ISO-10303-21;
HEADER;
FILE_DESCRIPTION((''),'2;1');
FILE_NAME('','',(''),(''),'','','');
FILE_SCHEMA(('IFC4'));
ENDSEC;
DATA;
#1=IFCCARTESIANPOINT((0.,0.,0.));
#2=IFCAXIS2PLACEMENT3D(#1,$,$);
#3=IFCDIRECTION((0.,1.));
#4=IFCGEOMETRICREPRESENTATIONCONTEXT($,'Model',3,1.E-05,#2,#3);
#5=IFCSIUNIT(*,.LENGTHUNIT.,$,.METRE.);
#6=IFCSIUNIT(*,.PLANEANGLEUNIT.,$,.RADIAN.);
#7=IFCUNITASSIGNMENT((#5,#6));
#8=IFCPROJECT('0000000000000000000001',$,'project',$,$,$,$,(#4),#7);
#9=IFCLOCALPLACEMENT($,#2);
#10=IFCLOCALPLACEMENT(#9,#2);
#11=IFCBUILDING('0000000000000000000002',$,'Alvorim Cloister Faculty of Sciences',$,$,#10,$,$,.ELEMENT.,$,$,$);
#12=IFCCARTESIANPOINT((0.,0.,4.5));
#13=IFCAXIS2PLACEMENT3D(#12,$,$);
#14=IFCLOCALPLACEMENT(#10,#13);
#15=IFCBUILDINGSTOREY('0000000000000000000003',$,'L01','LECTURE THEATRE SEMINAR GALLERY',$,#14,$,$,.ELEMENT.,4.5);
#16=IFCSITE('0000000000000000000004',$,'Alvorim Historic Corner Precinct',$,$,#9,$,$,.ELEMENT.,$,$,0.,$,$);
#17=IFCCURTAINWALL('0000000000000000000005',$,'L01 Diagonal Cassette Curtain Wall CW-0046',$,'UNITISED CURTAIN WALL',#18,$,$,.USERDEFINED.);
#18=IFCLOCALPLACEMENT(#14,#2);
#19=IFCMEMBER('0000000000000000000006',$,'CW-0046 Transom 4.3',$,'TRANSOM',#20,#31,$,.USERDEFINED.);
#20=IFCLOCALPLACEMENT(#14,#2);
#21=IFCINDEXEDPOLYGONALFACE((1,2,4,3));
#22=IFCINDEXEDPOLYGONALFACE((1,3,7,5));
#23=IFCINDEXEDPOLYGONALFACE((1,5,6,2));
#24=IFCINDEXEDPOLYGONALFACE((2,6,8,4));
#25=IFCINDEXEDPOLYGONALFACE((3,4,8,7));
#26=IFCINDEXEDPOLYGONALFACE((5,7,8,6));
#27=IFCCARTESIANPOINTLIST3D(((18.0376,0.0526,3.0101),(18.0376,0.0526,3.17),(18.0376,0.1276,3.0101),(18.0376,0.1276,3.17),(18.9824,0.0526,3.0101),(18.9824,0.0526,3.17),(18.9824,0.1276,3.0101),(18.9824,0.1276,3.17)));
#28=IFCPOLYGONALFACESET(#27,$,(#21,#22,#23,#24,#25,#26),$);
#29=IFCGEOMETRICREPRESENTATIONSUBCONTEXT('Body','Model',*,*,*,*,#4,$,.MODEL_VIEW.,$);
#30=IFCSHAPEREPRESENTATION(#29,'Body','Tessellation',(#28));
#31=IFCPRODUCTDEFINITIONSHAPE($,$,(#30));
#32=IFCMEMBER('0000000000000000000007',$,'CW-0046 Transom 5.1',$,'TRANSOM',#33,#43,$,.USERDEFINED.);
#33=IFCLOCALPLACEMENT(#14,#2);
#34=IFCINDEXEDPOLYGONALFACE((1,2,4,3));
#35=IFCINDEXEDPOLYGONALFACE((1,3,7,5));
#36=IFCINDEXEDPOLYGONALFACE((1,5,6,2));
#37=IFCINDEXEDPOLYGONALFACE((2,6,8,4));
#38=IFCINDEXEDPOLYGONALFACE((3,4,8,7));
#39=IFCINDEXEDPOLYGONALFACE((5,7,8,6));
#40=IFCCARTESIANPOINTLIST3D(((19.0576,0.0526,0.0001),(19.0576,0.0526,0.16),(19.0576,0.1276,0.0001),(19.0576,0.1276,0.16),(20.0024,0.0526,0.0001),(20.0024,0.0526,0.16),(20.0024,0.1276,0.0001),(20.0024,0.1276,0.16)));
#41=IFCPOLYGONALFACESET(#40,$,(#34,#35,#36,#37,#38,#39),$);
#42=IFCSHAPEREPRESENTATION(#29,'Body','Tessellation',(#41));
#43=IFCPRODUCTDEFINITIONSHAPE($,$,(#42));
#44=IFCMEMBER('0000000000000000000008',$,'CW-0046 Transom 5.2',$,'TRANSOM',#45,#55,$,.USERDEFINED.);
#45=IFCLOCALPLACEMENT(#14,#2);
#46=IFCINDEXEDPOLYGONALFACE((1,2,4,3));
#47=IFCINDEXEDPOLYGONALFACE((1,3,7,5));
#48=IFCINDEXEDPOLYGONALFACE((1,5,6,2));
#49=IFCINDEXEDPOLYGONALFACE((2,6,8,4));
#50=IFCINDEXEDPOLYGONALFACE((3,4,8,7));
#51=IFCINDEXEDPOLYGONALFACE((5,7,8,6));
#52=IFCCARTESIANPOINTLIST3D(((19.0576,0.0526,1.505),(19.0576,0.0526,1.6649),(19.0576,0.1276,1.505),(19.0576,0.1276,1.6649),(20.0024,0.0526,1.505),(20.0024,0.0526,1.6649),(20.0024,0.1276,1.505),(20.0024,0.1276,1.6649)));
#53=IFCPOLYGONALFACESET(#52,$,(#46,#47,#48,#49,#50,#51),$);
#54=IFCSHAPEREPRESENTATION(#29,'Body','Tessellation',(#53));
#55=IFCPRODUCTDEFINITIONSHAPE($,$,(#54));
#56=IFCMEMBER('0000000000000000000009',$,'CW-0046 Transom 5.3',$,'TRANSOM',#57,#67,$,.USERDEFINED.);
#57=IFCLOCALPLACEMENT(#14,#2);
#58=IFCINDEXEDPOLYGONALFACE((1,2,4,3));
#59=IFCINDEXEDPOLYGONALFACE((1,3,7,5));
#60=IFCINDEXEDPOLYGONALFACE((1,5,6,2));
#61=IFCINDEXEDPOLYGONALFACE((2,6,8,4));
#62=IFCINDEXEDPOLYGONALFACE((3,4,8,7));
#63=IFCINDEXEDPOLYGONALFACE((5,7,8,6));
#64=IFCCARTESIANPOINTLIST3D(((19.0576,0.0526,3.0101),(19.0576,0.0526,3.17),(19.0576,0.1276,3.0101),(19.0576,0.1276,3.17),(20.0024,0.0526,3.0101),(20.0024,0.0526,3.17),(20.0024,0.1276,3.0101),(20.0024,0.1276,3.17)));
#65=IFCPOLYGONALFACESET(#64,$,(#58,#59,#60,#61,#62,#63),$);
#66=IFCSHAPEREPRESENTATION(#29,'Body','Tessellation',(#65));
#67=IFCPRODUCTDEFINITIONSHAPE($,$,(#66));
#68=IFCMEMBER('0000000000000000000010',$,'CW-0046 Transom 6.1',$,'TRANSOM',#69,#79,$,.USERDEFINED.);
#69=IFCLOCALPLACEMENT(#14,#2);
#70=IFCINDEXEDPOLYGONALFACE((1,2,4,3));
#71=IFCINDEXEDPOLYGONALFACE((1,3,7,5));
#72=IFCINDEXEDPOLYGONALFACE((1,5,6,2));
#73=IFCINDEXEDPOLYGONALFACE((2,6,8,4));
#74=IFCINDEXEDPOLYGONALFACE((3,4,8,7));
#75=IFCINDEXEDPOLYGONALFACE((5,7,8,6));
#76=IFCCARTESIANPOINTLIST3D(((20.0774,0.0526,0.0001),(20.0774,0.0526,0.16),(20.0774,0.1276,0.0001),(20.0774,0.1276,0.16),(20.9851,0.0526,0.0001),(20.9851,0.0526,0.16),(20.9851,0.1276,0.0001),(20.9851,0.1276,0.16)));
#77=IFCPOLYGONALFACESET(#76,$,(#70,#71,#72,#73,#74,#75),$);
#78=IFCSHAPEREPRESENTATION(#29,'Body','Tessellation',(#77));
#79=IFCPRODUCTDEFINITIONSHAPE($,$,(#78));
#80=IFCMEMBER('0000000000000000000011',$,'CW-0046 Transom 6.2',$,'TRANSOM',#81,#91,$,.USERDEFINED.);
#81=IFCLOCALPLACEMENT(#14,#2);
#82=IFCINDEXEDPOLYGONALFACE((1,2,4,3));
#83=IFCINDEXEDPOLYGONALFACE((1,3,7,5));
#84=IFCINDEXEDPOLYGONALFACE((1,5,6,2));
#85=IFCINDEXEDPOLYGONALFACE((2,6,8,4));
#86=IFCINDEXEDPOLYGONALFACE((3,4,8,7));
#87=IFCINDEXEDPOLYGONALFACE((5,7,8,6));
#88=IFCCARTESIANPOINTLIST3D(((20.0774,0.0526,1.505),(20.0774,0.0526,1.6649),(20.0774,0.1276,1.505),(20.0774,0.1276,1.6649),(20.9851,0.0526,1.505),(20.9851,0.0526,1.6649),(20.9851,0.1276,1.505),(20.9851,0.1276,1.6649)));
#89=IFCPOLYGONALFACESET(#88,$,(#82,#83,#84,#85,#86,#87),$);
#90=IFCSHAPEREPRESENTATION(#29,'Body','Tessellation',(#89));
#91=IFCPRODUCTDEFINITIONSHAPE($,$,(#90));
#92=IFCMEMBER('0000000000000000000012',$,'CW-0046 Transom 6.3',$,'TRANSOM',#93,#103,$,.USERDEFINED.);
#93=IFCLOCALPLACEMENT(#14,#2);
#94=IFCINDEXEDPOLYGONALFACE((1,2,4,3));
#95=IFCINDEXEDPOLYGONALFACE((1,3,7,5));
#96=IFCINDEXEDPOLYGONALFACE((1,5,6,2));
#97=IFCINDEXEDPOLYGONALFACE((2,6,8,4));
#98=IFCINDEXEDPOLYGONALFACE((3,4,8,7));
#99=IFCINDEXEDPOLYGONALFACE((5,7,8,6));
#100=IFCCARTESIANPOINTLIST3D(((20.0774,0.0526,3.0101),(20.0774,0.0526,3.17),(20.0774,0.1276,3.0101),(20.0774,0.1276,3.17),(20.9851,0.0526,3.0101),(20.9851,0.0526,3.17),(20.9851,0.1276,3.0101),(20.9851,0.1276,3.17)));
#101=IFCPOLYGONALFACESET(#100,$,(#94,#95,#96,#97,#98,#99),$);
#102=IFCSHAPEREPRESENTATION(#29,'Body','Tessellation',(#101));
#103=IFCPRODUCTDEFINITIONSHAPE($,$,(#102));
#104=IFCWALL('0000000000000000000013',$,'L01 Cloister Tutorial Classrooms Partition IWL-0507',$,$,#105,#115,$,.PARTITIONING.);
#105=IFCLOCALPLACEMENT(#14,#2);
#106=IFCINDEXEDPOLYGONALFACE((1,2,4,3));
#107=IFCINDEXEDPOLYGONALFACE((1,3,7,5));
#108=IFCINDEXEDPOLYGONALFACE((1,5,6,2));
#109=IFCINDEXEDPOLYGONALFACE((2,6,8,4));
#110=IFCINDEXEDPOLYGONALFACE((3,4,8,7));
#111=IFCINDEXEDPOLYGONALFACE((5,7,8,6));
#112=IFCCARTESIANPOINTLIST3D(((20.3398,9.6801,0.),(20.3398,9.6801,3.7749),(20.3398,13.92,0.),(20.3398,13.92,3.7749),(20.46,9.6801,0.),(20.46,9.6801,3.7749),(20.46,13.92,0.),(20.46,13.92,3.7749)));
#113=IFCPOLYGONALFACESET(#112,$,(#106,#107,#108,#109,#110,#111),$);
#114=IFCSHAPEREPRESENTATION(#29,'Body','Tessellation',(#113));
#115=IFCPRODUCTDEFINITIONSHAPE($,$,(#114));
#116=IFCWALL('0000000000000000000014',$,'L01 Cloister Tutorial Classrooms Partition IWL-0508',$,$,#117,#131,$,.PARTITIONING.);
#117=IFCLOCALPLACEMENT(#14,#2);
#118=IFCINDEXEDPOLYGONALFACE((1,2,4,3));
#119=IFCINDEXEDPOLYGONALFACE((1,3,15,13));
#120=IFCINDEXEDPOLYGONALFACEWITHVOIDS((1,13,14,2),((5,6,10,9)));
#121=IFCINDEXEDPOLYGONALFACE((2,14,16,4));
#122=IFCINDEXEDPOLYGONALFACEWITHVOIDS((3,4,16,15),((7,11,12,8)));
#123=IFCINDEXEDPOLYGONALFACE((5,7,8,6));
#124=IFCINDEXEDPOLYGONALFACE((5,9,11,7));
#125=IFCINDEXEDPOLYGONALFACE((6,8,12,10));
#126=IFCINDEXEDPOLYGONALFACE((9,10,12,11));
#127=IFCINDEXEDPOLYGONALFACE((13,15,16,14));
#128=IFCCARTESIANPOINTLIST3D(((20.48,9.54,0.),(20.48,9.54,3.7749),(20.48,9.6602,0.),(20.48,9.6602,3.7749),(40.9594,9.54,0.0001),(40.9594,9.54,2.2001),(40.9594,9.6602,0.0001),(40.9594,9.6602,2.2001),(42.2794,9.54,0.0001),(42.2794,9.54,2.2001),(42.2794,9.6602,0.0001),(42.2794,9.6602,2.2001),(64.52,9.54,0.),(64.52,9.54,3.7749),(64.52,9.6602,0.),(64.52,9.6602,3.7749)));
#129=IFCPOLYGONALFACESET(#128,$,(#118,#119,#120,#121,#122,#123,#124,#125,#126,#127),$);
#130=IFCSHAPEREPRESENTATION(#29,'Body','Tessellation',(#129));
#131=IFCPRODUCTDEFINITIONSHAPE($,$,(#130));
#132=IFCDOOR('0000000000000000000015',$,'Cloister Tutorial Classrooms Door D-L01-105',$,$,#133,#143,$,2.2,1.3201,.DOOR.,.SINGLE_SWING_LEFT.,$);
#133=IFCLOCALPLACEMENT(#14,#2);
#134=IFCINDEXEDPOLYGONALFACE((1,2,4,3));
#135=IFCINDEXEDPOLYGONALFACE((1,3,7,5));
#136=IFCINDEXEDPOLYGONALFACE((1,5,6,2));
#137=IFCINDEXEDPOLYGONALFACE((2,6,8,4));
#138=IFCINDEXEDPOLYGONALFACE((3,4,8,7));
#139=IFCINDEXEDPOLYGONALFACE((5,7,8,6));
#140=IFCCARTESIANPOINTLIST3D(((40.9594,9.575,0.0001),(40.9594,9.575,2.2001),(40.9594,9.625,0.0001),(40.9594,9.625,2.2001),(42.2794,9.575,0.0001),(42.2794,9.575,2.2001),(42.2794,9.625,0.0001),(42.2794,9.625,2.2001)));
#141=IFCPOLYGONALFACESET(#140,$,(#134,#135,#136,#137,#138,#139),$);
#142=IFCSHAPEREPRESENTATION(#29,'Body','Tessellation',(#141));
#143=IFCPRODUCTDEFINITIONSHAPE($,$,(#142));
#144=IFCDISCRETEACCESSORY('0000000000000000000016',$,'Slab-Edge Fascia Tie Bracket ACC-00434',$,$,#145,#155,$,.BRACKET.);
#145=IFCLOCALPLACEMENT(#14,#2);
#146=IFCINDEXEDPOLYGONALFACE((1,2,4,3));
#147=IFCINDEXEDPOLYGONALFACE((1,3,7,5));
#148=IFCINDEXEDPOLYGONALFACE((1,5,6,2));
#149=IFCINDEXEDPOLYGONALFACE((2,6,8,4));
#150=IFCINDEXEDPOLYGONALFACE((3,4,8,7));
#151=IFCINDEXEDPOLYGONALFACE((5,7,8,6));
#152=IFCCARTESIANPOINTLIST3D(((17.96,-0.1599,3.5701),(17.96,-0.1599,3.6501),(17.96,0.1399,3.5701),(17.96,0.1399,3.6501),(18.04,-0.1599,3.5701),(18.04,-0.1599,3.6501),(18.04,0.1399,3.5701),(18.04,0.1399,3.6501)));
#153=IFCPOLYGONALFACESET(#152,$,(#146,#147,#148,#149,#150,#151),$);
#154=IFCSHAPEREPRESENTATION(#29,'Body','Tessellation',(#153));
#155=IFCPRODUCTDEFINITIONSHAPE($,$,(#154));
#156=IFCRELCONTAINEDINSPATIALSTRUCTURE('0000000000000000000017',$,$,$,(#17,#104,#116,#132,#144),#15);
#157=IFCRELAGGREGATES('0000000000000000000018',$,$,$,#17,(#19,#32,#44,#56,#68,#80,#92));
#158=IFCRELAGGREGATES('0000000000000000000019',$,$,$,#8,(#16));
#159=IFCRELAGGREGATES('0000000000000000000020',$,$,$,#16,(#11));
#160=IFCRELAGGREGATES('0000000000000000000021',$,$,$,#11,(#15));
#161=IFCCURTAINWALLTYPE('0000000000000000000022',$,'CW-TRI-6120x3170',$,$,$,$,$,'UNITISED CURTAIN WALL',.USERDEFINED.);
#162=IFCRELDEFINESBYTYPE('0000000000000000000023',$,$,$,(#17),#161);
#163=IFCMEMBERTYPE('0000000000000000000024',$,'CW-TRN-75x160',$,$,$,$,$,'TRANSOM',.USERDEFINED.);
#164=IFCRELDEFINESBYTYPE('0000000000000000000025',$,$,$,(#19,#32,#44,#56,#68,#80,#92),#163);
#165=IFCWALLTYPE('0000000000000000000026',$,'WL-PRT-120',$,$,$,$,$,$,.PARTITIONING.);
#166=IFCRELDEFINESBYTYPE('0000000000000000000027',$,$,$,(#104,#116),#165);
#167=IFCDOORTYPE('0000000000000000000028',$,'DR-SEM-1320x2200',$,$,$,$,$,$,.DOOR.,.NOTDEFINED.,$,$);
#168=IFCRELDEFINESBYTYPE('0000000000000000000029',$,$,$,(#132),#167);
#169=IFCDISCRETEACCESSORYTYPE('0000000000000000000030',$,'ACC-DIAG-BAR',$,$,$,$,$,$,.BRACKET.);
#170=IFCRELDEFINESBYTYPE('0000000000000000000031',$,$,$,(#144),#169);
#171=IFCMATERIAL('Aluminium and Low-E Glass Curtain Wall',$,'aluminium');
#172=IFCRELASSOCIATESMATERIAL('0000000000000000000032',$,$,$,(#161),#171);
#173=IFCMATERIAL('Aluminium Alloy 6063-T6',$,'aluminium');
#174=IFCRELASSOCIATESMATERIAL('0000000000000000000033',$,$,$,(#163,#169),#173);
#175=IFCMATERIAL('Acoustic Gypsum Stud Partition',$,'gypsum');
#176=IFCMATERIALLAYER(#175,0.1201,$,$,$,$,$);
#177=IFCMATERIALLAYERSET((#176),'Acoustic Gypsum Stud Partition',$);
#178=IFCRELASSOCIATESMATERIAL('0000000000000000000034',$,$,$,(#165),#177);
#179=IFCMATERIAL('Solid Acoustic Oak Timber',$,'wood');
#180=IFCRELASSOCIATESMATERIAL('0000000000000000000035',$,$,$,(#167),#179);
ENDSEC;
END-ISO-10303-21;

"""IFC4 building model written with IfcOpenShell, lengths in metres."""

from ifc_helpers import new_model, si_unit, direction, frame, frame_2d, origin, origin_2d, place, context, subcontext, project, spatial, rectangle, extrude, material, layer, layer_set, material_profile, profile_set, type_object, element, fill, aggregate, save


model = new_model("IFC4")

# Units and contexts
model_context = context("Model", 3, precision=1e-05, world=origin(), true_north=direction((0.0, 1.0)))
body_context = subcontext(model_context, "Body", "Model", "MODEL_VIEW")
ifc_project = project(units=[si_unit("LENGTHUNIT", "METRE"), si_unit("PLANEANGLEUNIT", "RADIAN")], contexts=[model_context])

# Site, building, storey
site_placement = place(None, origin())
site = spatial("IfcSite", under=ifc_project, at=site_placement, Name="Alvorim Historic Corner Precinct", CompositionType="ELEMENT", RefElevation=0.0)
building_placement = place(site_placement, origin())
building = spatial("IfcBuilding", under=site, at=building_placement, Name="Alvorim Cloister Faculty of Sciences", CompositionType="ELEMENT")
storey_placement = place(building_placement, frame((0.0, 0.0, 4.5)))
storey = spatial("IfcBuildingStorey", under=building, at=storey_placement, Name="L01", Description="LECTURE THEATRE SEMINAR GALLERY", CompositionType="ELEMENT", Elevation=4.5)

# Curtain wall, members
ifc_material_1 = material(Name="Aluminium and Low-E Glass Curtain Wall", Category="aluminium")
curtain_wall_type = type_object("IfcCurtainWallType", Name="CW-TRI-6120x3170", ElementType="UNITISED CURTAIN WALL", PredefinedType="USERDEFINED", material=ifc_material_1)
curtain_wall_placement = place(storey_placement, origin())
curtain_wall = element("IfcCurtainWall", 1, at=curtain_wall_placement, inside=storey, type_object=curtain_wall_type, Name="L01 Diagonal Cassette Curtain Wall CW-0046", ObjectType="UNITISED CURTAIN WALL", PredefinedType="USERDEFINED")
ifc_material_2 = material(Name="Aluminium Alloy 6063-T6", Category="aluminium")
ifc_material_profile_1 = material_profile(ifc_material_2, rectangle(XDim=0.075, YDim=0.1599, at=origin_2d()), Name="ALU-TRN-75x160")
ifc_profile_set_1 = profile_set([ifc_material_profile_1], Name="Aluminium Alloy 6063-T6")
member_type_1 = type_object("IfcMemberType", Name="CW-TRN-75x160", ElementType="TRANSOM", PredefinedType="USERDEFINED", material=ifc_profile_set_1)
member_1_placement = place(storey_placement, frame((18.0376, 0.0901, 3.0901), z_axis=(1.0, 0.0, 0.0), x_axis=(0.0, 1.0, 0.0)))
member_1 = element("IfcMember", 2, at=member_1_placement, type_object=member_type_1, Name="CW-0046 Transom 4.3", ObjectType="TRANSOM", PredefinedType="USERDEFINED", context=body_context, shape_type="SweptSolid", body=[
    extrude(rectangle(XDim=0.075, YDim=0.1599, at=origin_2d()), origin(), (0.0, 0.0, 1.0), 0.9448),
])
member_2_placement = place(storey_placement, frame((19.0576, 0.0901, 0.0801), z_axis=(1.0, 0.0, 0.0), x_axis=(0.0, 1.0, 0.0)))
member_2 = element("IfcMember", 3, at=member_2_placement, type_object=member_type_1, Name="CW-0046 Transom 5.1", ObjectType="TRANSOM", PredefinedType="USERDEFINED", context=body_context, shape_type="SweptSolid", body=[
    extrude(rectangle(XDim=0.075, YDim=0.1599, at=origin_2d()), origin(), (0.0, 0.0, 1.0), 0.9448),
])
member_3_placement = place(storey_placement, frame((19.0576, 0.0901, 1.585), z_axis=(1.0, 0.0, 0.0), x_axis=(0.0, 1.0, 0.0)))
member_3 = element("IfcMember", 4, at=member_3_placement, type_object=member_type_1, Name="CW-0046 Transom 5.2", ObjectType="TRANSOM", PredefinedType="USERDEFINED", context=body_context, shape_type="SweptSolid", body=[
    extrude(rectangle(XDim=0.075, YDim=0.1599, at=origin_2d()), origin(), (0.0, 0.0, 1.0), 0.9448),
])
member_4_placement = place(storey_placement, frame((19.0576, 0.0901, 3.0901), z_axis=(1.0, 0.0, 0.0), x_axis=(0.0, 1.0, 0.0)))
member_4 = element("IfcMember", 5, at=member_4_placement, type_object=member_type_1, Name="CW-0046 Transom 5.3", ObjectType="TRANSOM", PredefinedType="USERDEFINED", context=body_context, shape_type="SweptSolid", body=[
    extrude(rectangle(XDim=0.075, YDim=0.1599, at=origin_2d()), origin(), (0.0, 0.0, 1.0), 0.9448),
])
member_5_placement = place(storey_placement, frame((20.0774, 0.0901, 0.0801), z_axis=(1.0, 0.0, 0.0), x_axis=(0.0, 1.0, 0.0)))
member_5 = element("IfcMember", 6, at=member_5_placement, type_object=member_type_1, Name="CW-0046 Transom 6.1", ObjectType="TRANSOM", PredefinedType="USERDEFINED", context=body_context, shape_type="SweptSolid", body=[
    extrude(rectangle(XDim=0.075, YDim=0.1599, at=origin_2d()), origin(), (0.0, 0.0, 1.0), 0.9077),
])
member_6_placement = place(storey_placement, frame((20.0774, 0.0901, 1.585), z_axis=(1.0, 0.0, 0.0), x_axis=(0.0, 1.0, 0.0)))
member_6 = element("IfcMember", 7, at=member_6_placement, type_object=member_type_1, Name="CW-0046 Transom 6.2", ObjectType="TRANSOM", PredefinedType="USERDEFINED", context=body_context, shape_type="SweptSolid", body=[
    extrude(rectangle(XDim=0.075, YDim=0.1599, at=origin_2d()), origin(), (0.0, 0.0, 1.0), 0.9077),
])
member_7_placement = place(storey_placement, frame((20.0774, 0.0901, 3.0901), z_axis=(1.0, 0.0, 0.0), x_axis=(0.0, 1.0, 0.0)))
member_7 = element("IfcMember", 8, at=member_7_placement, type_object=member_type_1, Name="CW-0046 Transom 6.3", ObjectType="TRANSOM", PredefinedType="USERDEFINED", context=body_context, shape_type="SweptSolid", body=[
    extrude(rectangle(XDim=0.075, YDim=0.1599, at=origin_2d()), origin(), (0.0, 0.0, 1.0), 0.9077),
])
aggregate(curtain_wall, [member_1, member_2, member_3, member_4, member_5, member_6, member_7])

# Wall
ifc_material_3 = material(Name="Acoustic Gypsum Stud Partition", Category="gypsum")
ifc_layer = layer(ifc_material_3, 0.1201)
ifc_layer_set = layer_set([ifc_layer], Name="Acoustic Gypsum Stud Partition")
wall_type = type_object("IfcWallType", Name="WL-PRT-120", PredefinedType="PARTITIONING", material=ifc_layer_set)
wall_1_placement = place(storey_placement, frame((20.3999, 9.6799, 0.0), z_axis=(0.0, 0.0, 1.0), x_axis=(0.0, 1.0, 0.0)))
element("IfcWall", 9, at=wall_1_placement, inside=storey, type_object=wall_type, Name="L01 Cloister Tutorial Classrooms Partition IWL-0507", PredefinedType="PARTITIONING", context=body_context, shape_type="SweptSolid", body=[
    extrude(rectangle(XDim=4.24, YDim=0.1201, at=frame_2d((2.1201, 0.0))), origin(), (0.0, 0.0, 1.0), 3.7749),
])

# Wall, opening, door
wall_2_placement = place(storey_placement, frame((20.48, 9.6001, 0.0), z_axis=(0.0, 0.0, 1.0), x_axis=(1.0, 0.0, 0.0)))
wall_2 = element("IfcWall", 10, at=wall_2_placement, inside=storey, type_object=wall_type, Name="L01 Cloister Tutorial Classrooms Partition IWL-0508", PredefinedType="PARTITIONING", context=body_context, shape_type="SweptSolid", body=[
    extrude(rectangle(XDim=44.04, YDim=0.1201, at=frame_2d((22.02, 0.0))), origin(), (0.0, 0.0, 1.0), 3.7749),
])
opening_placement = place(wall_2_placement, frame((20.4792, 0.0, 0.0)))
opening = element("IfcOpeningElement", 11, at=opening_placement, cuts=wall_2, PredefinedType="OPENING", context=body_context, shape_type="SweptSolid", body=[
    extrude(rectangle(XDim=1.3201, YDim=2.2, at=frame_2d((0.6602, 1.1001))), frame((0.0, 0.072, 0.0), z_axis=(0.0, -1.0, 0.0), x_axis=(1.0, 0.0, 0.0)), (0.0, 0.0, 1.0), 0.144),
])
ifc_material_4 = material(Name="Solid Acoustic Oak Timber", Category="wood")
door_type = type_object("IfcDoorType", Name="DR-SEM-1320x2200", OperationType="NOTDEFINED", PredefinedType="DOOR", material=ifc_material_4)
door_placement = place(opening_placement, origin())
door = element("IfcDoor", 12, at=door_placement, inside=storey, type_object=door_type, Name="Cloister Tutorial Classrooms Door D-L01-105", OperationType="SINGLE_SWING_LEFT", OverallHeight=2.2, OverallWidth=1.3201, PredefinedType="DOOR", context=body_context, shape_type="SweptSolid", body=[
    extrude(rectangle(XDim=1.3201, YDim=2.2, at=frame_2d((0.6602, 1.1001))), frame((0.0, 0.0249, 0.0), z_axis=(0.0, -1.0, 0.0), x_axis=(1.0, 0.0, 0.0)), (0.0, 0.0, 1.0), 0.05),
])
fill(opening, door)

# Discrete accessory
discrete_accessory_type = type_object("IfcDiscreteAccessoryType", Name="ACC-DIAG-BAR", PredefinedType="BRACKET", material=ifc_material_2)
discrete_accessory_placement = place(storey_placement, frame((18.0, 0.1399, 3.6101), z_axis=(0.0, -1.0, 0.0), x_axis=(1.0, 0.0, 0.0)))
element("IfcDiscreteAccessory", 13, at=discrete_accessory_placement, inside=storey, type_object=discrete_accessory_type, Name="Slab-Edge Fascia Tie Bracket ACC-00434", PredefinedType="BRACKET", context=body_context, shape_type="SweptSolid", body=[
    extrude(rectangle(XDim=0.0801, YDim=0.0801, at=origin_2d()), origin(), (0.0, 0.0, 1.0), 0.2998),
])

save(model, "model.ifc")
